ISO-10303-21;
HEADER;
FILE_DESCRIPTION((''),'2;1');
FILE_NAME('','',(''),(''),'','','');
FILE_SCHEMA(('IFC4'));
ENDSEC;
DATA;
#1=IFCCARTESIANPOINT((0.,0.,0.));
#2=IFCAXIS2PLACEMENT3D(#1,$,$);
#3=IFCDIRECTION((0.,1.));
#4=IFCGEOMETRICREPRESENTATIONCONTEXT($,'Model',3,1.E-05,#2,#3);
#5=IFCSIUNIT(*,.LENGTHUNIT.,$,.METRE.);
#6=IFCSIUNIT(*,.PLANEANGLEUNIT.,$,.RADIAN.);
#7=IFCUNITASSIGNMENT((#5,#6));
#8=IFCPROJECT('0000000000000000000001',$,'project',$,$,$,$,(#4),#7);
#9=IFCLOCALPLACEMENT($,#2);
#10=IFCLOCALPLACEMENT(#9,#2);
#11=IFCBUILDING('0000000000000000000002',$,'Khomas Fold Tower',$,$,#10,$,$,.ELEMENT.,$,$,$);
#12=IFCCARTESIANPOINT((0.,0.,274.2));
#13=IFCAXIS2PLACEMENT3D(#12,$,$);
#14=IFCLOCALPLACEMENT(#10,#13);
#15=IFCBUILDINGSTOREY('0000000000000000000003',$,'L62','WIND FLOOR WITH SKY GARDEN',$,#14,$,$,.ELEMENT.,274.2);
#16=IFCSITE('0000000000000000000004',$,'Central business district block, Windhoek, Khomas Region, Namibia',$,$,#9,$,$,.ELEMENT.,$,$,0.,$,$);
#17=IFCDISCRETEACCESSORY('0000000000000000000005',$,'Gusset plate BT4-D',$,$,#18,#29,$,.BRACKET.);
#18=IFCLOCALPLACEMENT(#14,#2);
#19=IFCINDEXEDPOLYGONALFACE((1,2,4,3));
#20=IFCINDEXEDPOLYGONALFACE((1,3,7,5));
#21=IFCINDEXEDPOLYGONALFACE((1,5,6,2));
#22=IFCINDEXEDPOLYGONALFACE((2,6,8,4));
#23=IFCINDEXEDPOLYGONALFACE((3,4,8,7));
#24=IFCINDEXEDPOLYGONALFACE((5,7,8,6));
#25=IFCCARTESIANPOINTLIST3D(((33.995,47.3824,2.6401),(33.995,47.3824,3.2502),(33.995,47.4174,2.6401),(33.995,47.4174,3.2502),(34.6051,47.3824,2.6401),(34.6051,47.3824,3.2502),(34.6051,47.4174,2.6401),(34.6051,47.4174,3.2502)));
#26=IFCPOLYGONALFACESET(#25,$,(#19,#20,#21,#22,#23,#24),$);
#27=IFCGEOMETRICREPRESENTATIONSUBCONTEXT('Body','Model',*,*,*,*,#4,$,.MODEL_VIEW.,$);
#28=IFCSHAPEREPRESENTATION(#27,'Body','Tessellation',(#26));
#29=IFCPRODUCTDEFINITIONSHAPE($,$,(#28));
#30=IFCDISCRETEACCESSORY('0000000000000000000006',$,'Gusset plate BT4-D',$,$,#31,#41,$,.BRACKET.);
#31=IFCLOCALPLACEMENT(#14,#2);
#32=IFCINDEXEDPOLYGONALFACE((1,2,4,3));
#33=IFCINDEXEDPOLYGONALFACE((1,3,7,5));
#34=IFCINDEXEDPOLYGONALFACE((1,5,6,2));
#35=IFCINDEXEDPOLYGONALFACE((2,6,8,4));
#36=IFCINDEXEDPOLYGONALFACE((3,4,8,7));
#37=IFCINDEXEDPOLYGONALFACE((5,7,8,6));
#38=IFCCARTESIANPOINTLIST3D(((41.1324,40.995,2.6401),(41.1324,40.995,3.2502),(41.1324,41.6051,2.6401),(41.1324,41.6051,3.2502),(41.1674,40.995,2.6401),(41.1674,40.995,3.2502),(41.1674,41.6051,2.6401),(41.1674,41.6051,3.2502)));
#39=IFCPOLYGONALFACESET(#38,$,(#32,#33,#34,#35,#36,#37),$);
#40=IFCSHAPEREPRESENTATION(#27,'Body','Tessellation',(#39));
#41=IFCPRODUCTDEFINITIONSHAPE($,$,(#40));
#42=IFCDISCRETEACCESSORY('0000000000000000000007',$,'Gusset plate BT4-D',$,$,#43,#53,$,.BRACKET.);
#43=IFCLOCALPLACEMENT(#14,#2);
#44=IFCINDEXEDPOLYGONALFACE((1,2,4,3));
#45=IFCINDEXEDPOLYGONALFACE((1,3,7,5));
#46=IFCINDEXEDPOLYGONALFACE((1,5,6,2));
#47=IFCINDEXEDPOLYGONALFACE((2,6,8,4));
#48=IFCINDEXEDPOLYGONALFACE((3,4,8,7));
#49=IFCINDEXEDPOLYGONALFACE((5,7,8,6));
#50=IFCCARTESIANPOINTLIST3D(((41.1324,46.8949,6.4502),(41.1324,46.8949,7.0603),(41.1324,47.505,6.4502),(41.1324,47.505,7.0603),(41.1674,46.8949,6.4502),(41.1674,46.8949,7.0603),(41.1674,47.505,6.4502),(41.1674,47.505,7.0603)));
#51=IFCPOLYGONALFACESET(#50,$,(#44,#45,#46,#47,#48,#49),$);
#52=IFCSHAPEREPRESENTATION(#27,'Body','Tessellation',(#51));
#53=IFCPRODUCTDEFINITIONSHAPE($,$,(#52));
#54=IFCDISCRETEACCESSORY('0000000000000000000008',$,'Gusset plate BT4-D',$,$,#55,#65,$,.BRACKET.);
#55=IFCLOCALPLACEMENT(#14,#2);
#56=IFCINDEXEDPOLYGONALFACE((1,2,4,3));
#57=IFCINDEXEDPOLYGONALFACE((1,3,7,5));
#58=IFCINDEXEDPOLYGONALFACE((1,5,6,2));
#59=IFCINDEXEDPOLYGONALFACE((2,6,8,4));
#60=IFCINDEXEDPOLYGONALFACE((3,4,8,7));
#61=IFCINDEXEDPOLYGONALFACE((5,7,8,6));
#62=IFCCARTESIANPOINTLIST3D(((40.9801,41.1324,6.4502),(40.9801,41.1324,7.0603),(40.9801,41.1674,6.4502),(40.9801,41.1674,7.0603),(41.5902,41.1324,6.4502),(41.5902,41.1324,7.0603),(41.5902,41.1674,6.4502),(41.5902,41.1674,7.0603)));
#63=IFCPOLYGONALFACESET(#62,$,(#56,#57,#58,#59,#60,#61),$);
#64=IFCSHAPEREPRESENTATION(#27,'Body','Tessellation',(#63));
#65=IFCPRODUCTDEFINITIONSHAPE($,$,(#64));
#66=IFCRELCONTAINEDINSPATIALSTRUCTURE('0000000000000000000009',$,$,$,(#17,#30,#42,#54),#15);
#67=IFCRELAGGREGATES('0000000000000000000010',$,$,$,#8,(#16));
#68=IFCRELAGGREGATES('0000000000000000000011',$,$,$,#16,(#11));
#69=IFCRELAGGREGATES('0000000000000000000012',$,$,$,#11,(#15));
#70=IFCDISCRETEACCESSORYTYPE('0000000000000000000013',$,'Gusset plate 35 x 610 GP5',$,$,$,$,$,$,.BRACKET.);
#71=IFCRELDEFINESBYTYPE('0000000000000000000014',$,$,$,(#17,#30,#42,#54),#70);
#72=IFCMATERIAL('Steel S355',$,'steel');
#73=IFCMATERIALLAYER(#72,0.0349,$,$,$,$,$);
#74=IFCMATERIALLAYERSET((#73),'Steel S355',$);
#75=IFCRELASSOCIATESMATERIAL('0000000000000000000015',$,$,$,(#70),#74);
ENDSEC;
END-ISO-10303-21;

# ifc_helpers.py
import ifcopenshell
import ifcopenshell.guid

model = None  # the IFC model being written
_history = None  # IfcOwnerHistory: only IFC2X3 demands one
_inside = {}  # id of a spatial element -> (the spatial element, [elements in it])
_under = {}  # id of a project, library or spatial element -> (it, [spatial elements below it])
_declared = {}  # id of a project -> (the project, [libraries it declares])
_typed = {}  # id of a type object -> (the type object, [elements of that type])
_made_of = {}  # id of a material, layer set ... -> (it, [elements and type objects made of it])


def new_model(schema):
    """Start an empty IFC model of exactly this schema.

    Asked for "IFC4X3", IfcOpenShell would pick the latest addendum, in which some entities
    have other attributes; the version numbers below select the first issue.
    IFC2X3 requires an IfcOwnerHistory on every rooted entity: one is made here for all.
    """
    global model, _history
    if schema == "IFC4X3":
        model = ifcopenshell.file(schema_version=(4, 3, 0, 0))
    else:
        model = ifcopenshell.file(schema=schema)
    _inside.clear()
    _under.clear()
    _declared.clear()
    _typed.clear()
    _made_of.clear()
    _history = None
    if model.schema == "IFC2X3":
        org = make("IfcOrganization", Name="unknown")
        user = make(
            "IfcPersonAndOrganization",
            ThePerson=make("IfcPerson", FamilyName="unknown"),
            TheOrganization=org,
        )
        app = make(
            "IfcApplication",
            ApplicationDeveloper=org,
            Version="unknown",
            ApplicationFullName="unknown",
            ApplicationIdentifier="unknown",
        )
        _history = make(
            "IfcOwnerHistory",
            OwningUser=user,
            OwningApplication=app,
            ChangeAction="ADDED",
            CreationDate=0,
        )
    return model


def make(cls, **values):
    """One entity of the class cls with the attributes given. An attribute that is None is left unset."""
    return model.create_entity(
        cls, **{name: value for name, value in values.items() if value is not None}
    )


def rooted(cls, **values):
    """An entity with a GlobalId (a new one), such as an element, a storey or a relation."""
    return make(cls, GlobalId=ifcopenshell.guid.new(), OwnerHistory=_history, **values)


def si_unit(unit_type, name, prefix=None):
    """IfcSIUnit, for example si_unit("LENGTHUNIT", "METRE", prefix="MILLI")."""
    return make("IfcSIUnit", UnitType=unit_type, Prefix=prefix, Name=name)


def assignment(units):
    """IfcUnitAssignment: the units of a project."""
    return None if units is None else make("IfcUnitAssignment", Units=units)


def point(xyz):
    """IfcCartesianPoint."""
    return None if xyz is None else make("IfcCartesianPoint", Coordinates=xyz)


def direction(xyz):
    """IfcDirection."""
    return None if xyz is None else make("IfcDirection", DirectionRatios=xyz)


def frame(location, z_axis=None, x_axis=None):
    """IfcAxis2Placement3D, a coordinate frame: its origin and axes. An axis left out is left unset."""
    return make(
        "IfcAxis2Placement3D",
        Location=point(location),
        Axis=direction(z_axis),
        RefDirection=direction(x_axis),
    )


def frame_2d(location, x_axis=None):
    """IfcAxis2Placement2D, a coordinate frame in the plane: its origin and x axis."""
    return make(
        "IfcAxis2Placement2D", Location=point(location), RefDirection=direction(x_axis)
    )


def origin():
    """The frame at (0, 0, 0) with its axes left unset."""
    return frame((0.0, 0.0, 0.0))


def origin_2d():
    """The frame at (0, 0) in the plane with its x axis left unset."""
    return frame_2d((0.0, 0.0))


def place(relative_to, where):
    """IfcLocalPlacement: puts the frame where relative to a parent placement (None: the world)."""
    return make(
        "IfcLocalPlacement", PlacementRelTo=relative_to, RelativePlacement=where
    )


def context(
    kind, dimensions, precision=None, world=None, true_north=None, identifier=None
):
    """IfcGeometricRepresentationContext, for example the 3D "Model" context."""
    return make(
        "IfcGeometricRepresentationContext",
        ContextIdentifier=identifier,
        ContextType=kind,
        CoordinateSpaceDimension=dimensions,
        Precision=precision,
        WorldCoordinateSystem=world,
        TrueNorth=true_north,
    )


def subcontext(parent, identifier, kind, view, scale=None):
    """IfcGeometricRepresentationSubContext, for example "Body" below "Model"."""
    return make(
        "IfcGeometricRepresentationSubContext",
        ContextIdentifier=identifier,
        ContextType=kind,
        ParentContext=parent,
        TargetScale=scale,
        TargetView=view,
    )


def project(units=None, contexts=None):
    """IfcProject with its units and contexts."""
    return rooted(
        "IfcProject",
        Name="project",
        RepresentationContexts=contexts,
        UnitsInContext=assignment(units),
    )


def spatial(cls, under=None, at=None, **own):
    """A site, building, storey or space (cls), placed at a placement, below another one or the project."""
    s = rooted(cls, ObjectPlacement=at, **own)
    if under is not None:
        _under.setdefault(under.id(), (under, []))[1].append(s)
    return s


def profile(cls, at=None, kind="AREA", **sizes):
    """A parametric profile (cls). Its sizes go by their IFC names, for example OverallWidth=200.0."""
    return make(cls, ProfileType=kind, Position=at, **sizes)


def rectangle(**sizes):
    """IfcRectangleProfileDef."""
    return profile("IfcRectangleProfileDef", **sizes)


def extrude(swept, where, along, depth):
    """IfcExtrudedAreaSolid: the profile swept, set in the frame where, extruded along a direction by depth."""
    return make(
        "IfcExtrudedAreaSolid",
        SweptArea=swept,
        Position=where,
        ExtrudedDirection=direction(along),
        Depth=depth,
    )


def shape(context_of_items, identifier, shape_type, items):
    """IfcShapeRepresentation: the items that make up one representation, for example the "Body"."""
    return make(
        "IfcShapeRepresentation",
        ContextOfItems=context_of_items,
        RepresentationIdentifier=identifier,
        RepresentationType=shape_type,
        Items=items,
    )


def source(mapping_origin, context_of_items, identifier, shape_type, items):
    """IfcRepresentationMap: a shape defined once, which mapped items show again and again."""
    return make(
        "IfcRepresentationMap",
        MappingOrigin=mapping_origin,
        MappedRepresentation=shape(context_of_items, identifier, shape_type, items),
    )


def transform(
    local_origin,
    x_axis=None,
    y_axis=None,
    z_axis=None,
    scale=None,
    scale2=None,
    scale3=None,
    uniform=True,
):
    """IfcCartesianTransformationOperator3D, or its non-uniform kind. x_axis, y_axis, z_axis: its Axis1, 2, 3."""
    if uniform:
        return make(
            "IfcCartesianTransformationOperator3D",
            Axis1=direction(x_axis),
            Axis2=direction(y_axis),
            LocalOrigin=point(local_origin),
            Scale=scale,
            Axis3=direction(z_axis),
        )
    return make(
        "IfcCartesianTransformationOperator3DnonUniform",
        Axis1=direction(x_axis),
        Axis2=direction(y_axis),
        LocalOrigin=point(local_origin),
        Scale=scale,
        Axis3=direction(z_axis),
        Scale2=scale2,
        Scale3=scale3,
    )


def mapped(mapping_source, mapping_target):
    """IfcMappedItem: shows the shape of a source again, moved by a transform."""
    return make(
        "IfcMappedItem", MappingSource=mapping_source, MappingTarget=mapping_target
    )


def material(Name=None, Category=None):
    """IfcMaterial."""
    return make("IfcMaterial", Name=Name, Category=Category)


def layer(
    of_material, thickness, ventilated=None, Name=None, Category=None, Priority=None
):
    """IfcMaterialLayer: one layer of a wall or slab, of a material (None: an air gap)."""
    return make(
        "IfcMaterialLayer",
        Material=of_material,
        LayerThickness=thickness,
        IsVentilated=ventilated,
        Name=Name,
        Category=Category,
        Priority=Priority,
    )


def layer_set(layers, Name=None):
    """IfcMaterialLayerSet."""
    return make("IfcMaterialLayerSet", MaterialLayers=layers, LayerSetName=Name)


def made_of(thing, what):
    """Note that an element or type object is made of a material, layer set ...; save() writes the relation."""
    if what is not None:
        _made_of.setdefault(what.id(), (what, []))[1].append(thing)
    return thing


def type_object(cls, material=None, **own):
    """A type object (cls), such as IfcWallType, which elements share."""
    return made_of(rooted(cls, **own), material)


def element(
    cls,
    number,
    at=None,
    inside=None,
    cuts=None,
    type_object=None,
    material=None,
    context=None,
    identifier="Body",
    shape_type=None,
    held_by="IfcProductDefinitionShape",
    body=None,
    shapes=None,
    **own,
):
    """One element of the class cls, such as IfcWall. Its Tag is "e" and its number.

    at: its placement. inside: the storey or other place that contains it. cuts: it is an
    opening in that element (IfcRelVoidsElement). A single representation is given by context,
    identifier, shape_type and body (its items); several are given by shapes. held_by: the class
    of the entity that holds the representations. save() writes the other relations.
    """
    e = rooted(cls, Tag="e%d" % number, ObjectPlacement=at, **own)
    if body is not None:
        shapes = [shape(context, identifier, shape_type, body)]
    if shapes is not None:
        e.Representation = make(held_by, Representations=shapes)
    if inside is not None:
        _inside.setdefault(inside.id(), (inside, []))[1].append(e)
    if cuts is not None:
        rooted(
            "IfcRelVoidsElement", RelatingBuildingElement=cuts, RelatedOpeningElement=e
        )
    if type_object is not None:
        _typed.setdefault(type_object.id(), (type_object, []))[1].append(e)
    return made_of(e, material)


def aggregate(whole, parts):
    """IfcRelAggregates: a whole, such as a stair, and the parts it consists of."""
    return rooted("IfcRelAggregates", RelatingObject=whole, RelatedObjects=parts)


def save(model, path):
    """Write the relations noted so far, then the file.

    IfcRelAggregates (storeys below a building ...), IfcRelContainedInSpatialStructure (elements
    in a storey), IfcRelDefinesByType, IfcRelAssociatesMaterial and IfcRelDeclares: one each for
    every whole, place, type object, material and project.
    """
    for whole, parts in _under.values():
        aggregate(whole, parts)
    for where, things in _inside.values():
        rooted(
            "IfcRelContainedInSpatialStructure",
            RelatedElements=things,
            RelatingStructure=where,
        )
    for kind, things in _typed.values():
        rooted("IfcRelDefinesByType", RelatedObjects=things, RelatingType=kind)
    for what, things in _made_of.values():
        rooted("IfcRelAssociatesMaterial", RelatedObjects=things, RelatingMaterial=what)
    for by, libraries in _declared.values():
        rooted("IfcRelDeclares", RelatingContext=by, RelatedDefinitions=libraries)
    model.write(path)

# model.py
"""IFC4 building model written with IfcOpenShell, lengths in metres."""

from ifc_helpers import new_model, si_unit, direction, frame, origin, origin_2d, place, context, subcontext, project, spatial, rectangle, extrude, source, transform, mapped, material, layer, layer_set, type_object, element, save


model = new_model("IFC4")

# Units and contexts
model_context = context("Model", 3, precision=1e-05, world=origin(), true_north=direction((0.0, 1.0)))
body_context = subcontext(model_context, "Body", "Model", "MODEL_VIEW")
ifc_project = project(units=[si_unit("LENGTHUNIT", "METRE"), si_unit("PLANEANGLEUNIT", "RADIAN")], contexts=[model_context])

# Site, building, storey
site_placement = place(None, origin())
site = spatial("IfcSite", under=ifc_project, at=site_placement, Name="Central business district block, Windhoek, Khomas Region, Namibia", CompositionType="ELEMENT", RefElevation=0.0)
building_placement = place(site_placement, origin())
building = spatial("IfcBuilding", under=site, at=building_placement, Name="Khomas Fold Tower", CompositionType="ELEMENT")
storey_placement = place(building_placement, frame((0.0, 0.0, 274.2)))
storey = spatial("IfcBuildingStorey", under=building, at=storey_placement, Name="L62", Description="WIND FLOOR WITH SKY GARDEN", CompositionType="ELEMENT", Elevation=274.2)

# Discrete accessories
ifc_material_1 = material(Name="Steel S355", Category="steel")
ifc_layer_1 = layer(ifc_material_1, 0.0349)
ifc_layer_set_1 = layer_set([ifc_layer_1], Name="Steel S355")
discrete_accessory_type = type_object("IfcDiscreteAccessoryType", Name="Gusset plate 35 x 610 GP5", PredefinedType="BRACKET", material=ifc_layer_set_1)
shared_shape_1 = source(origin(), body_context, "Body", "SweptSolid", [
    extrude(rectangle(XDim=0.6101, YDim=0.0349, at=origin_2d()), origin(), (0.0, 0.0, 1.0), 0.6101),
])
for number, where, z_axis, x_axis, name in (
    (1, (34.3, 47.3999, 2.6401), (0.0, 0.0, 1.0), (1.0, 0.0, 0.0), "Gusset plate BT4-D"),
    (2, (41.1499, 41.3, 2.6401), (0.0, 0.0, 1.0), (0.0, 1.0, 0.0), "Gusset plate BT4-D"),
    (3, (41.1499, 47.2, 6.4502), (0.0, 0.0, 1.0), (0.0, 1.0, 0.0), "Gusset plate BT4-D"),
    (4, (41.2852, 41.1499, 6.4502), (0.0, 0.0, 1.0), (1.0, 0.0, 0.0), "Gusset plate BT4-D"),
):
    element("IfcDiscreteAccessory", number, at=place(storey_placement, frame(where, z_axis=z_axis, x_axis=x_axis)), inside=storey, type_object=discrete_accessory_type, Name=name, PredefinedType="BRACKET", context=body_context, shape_type="MappedRepresentation", body=[
        mapped(shared_shape_1, transform((0.0, 0.0, 0.0))),
    ])

save(model, "model.ifc")
